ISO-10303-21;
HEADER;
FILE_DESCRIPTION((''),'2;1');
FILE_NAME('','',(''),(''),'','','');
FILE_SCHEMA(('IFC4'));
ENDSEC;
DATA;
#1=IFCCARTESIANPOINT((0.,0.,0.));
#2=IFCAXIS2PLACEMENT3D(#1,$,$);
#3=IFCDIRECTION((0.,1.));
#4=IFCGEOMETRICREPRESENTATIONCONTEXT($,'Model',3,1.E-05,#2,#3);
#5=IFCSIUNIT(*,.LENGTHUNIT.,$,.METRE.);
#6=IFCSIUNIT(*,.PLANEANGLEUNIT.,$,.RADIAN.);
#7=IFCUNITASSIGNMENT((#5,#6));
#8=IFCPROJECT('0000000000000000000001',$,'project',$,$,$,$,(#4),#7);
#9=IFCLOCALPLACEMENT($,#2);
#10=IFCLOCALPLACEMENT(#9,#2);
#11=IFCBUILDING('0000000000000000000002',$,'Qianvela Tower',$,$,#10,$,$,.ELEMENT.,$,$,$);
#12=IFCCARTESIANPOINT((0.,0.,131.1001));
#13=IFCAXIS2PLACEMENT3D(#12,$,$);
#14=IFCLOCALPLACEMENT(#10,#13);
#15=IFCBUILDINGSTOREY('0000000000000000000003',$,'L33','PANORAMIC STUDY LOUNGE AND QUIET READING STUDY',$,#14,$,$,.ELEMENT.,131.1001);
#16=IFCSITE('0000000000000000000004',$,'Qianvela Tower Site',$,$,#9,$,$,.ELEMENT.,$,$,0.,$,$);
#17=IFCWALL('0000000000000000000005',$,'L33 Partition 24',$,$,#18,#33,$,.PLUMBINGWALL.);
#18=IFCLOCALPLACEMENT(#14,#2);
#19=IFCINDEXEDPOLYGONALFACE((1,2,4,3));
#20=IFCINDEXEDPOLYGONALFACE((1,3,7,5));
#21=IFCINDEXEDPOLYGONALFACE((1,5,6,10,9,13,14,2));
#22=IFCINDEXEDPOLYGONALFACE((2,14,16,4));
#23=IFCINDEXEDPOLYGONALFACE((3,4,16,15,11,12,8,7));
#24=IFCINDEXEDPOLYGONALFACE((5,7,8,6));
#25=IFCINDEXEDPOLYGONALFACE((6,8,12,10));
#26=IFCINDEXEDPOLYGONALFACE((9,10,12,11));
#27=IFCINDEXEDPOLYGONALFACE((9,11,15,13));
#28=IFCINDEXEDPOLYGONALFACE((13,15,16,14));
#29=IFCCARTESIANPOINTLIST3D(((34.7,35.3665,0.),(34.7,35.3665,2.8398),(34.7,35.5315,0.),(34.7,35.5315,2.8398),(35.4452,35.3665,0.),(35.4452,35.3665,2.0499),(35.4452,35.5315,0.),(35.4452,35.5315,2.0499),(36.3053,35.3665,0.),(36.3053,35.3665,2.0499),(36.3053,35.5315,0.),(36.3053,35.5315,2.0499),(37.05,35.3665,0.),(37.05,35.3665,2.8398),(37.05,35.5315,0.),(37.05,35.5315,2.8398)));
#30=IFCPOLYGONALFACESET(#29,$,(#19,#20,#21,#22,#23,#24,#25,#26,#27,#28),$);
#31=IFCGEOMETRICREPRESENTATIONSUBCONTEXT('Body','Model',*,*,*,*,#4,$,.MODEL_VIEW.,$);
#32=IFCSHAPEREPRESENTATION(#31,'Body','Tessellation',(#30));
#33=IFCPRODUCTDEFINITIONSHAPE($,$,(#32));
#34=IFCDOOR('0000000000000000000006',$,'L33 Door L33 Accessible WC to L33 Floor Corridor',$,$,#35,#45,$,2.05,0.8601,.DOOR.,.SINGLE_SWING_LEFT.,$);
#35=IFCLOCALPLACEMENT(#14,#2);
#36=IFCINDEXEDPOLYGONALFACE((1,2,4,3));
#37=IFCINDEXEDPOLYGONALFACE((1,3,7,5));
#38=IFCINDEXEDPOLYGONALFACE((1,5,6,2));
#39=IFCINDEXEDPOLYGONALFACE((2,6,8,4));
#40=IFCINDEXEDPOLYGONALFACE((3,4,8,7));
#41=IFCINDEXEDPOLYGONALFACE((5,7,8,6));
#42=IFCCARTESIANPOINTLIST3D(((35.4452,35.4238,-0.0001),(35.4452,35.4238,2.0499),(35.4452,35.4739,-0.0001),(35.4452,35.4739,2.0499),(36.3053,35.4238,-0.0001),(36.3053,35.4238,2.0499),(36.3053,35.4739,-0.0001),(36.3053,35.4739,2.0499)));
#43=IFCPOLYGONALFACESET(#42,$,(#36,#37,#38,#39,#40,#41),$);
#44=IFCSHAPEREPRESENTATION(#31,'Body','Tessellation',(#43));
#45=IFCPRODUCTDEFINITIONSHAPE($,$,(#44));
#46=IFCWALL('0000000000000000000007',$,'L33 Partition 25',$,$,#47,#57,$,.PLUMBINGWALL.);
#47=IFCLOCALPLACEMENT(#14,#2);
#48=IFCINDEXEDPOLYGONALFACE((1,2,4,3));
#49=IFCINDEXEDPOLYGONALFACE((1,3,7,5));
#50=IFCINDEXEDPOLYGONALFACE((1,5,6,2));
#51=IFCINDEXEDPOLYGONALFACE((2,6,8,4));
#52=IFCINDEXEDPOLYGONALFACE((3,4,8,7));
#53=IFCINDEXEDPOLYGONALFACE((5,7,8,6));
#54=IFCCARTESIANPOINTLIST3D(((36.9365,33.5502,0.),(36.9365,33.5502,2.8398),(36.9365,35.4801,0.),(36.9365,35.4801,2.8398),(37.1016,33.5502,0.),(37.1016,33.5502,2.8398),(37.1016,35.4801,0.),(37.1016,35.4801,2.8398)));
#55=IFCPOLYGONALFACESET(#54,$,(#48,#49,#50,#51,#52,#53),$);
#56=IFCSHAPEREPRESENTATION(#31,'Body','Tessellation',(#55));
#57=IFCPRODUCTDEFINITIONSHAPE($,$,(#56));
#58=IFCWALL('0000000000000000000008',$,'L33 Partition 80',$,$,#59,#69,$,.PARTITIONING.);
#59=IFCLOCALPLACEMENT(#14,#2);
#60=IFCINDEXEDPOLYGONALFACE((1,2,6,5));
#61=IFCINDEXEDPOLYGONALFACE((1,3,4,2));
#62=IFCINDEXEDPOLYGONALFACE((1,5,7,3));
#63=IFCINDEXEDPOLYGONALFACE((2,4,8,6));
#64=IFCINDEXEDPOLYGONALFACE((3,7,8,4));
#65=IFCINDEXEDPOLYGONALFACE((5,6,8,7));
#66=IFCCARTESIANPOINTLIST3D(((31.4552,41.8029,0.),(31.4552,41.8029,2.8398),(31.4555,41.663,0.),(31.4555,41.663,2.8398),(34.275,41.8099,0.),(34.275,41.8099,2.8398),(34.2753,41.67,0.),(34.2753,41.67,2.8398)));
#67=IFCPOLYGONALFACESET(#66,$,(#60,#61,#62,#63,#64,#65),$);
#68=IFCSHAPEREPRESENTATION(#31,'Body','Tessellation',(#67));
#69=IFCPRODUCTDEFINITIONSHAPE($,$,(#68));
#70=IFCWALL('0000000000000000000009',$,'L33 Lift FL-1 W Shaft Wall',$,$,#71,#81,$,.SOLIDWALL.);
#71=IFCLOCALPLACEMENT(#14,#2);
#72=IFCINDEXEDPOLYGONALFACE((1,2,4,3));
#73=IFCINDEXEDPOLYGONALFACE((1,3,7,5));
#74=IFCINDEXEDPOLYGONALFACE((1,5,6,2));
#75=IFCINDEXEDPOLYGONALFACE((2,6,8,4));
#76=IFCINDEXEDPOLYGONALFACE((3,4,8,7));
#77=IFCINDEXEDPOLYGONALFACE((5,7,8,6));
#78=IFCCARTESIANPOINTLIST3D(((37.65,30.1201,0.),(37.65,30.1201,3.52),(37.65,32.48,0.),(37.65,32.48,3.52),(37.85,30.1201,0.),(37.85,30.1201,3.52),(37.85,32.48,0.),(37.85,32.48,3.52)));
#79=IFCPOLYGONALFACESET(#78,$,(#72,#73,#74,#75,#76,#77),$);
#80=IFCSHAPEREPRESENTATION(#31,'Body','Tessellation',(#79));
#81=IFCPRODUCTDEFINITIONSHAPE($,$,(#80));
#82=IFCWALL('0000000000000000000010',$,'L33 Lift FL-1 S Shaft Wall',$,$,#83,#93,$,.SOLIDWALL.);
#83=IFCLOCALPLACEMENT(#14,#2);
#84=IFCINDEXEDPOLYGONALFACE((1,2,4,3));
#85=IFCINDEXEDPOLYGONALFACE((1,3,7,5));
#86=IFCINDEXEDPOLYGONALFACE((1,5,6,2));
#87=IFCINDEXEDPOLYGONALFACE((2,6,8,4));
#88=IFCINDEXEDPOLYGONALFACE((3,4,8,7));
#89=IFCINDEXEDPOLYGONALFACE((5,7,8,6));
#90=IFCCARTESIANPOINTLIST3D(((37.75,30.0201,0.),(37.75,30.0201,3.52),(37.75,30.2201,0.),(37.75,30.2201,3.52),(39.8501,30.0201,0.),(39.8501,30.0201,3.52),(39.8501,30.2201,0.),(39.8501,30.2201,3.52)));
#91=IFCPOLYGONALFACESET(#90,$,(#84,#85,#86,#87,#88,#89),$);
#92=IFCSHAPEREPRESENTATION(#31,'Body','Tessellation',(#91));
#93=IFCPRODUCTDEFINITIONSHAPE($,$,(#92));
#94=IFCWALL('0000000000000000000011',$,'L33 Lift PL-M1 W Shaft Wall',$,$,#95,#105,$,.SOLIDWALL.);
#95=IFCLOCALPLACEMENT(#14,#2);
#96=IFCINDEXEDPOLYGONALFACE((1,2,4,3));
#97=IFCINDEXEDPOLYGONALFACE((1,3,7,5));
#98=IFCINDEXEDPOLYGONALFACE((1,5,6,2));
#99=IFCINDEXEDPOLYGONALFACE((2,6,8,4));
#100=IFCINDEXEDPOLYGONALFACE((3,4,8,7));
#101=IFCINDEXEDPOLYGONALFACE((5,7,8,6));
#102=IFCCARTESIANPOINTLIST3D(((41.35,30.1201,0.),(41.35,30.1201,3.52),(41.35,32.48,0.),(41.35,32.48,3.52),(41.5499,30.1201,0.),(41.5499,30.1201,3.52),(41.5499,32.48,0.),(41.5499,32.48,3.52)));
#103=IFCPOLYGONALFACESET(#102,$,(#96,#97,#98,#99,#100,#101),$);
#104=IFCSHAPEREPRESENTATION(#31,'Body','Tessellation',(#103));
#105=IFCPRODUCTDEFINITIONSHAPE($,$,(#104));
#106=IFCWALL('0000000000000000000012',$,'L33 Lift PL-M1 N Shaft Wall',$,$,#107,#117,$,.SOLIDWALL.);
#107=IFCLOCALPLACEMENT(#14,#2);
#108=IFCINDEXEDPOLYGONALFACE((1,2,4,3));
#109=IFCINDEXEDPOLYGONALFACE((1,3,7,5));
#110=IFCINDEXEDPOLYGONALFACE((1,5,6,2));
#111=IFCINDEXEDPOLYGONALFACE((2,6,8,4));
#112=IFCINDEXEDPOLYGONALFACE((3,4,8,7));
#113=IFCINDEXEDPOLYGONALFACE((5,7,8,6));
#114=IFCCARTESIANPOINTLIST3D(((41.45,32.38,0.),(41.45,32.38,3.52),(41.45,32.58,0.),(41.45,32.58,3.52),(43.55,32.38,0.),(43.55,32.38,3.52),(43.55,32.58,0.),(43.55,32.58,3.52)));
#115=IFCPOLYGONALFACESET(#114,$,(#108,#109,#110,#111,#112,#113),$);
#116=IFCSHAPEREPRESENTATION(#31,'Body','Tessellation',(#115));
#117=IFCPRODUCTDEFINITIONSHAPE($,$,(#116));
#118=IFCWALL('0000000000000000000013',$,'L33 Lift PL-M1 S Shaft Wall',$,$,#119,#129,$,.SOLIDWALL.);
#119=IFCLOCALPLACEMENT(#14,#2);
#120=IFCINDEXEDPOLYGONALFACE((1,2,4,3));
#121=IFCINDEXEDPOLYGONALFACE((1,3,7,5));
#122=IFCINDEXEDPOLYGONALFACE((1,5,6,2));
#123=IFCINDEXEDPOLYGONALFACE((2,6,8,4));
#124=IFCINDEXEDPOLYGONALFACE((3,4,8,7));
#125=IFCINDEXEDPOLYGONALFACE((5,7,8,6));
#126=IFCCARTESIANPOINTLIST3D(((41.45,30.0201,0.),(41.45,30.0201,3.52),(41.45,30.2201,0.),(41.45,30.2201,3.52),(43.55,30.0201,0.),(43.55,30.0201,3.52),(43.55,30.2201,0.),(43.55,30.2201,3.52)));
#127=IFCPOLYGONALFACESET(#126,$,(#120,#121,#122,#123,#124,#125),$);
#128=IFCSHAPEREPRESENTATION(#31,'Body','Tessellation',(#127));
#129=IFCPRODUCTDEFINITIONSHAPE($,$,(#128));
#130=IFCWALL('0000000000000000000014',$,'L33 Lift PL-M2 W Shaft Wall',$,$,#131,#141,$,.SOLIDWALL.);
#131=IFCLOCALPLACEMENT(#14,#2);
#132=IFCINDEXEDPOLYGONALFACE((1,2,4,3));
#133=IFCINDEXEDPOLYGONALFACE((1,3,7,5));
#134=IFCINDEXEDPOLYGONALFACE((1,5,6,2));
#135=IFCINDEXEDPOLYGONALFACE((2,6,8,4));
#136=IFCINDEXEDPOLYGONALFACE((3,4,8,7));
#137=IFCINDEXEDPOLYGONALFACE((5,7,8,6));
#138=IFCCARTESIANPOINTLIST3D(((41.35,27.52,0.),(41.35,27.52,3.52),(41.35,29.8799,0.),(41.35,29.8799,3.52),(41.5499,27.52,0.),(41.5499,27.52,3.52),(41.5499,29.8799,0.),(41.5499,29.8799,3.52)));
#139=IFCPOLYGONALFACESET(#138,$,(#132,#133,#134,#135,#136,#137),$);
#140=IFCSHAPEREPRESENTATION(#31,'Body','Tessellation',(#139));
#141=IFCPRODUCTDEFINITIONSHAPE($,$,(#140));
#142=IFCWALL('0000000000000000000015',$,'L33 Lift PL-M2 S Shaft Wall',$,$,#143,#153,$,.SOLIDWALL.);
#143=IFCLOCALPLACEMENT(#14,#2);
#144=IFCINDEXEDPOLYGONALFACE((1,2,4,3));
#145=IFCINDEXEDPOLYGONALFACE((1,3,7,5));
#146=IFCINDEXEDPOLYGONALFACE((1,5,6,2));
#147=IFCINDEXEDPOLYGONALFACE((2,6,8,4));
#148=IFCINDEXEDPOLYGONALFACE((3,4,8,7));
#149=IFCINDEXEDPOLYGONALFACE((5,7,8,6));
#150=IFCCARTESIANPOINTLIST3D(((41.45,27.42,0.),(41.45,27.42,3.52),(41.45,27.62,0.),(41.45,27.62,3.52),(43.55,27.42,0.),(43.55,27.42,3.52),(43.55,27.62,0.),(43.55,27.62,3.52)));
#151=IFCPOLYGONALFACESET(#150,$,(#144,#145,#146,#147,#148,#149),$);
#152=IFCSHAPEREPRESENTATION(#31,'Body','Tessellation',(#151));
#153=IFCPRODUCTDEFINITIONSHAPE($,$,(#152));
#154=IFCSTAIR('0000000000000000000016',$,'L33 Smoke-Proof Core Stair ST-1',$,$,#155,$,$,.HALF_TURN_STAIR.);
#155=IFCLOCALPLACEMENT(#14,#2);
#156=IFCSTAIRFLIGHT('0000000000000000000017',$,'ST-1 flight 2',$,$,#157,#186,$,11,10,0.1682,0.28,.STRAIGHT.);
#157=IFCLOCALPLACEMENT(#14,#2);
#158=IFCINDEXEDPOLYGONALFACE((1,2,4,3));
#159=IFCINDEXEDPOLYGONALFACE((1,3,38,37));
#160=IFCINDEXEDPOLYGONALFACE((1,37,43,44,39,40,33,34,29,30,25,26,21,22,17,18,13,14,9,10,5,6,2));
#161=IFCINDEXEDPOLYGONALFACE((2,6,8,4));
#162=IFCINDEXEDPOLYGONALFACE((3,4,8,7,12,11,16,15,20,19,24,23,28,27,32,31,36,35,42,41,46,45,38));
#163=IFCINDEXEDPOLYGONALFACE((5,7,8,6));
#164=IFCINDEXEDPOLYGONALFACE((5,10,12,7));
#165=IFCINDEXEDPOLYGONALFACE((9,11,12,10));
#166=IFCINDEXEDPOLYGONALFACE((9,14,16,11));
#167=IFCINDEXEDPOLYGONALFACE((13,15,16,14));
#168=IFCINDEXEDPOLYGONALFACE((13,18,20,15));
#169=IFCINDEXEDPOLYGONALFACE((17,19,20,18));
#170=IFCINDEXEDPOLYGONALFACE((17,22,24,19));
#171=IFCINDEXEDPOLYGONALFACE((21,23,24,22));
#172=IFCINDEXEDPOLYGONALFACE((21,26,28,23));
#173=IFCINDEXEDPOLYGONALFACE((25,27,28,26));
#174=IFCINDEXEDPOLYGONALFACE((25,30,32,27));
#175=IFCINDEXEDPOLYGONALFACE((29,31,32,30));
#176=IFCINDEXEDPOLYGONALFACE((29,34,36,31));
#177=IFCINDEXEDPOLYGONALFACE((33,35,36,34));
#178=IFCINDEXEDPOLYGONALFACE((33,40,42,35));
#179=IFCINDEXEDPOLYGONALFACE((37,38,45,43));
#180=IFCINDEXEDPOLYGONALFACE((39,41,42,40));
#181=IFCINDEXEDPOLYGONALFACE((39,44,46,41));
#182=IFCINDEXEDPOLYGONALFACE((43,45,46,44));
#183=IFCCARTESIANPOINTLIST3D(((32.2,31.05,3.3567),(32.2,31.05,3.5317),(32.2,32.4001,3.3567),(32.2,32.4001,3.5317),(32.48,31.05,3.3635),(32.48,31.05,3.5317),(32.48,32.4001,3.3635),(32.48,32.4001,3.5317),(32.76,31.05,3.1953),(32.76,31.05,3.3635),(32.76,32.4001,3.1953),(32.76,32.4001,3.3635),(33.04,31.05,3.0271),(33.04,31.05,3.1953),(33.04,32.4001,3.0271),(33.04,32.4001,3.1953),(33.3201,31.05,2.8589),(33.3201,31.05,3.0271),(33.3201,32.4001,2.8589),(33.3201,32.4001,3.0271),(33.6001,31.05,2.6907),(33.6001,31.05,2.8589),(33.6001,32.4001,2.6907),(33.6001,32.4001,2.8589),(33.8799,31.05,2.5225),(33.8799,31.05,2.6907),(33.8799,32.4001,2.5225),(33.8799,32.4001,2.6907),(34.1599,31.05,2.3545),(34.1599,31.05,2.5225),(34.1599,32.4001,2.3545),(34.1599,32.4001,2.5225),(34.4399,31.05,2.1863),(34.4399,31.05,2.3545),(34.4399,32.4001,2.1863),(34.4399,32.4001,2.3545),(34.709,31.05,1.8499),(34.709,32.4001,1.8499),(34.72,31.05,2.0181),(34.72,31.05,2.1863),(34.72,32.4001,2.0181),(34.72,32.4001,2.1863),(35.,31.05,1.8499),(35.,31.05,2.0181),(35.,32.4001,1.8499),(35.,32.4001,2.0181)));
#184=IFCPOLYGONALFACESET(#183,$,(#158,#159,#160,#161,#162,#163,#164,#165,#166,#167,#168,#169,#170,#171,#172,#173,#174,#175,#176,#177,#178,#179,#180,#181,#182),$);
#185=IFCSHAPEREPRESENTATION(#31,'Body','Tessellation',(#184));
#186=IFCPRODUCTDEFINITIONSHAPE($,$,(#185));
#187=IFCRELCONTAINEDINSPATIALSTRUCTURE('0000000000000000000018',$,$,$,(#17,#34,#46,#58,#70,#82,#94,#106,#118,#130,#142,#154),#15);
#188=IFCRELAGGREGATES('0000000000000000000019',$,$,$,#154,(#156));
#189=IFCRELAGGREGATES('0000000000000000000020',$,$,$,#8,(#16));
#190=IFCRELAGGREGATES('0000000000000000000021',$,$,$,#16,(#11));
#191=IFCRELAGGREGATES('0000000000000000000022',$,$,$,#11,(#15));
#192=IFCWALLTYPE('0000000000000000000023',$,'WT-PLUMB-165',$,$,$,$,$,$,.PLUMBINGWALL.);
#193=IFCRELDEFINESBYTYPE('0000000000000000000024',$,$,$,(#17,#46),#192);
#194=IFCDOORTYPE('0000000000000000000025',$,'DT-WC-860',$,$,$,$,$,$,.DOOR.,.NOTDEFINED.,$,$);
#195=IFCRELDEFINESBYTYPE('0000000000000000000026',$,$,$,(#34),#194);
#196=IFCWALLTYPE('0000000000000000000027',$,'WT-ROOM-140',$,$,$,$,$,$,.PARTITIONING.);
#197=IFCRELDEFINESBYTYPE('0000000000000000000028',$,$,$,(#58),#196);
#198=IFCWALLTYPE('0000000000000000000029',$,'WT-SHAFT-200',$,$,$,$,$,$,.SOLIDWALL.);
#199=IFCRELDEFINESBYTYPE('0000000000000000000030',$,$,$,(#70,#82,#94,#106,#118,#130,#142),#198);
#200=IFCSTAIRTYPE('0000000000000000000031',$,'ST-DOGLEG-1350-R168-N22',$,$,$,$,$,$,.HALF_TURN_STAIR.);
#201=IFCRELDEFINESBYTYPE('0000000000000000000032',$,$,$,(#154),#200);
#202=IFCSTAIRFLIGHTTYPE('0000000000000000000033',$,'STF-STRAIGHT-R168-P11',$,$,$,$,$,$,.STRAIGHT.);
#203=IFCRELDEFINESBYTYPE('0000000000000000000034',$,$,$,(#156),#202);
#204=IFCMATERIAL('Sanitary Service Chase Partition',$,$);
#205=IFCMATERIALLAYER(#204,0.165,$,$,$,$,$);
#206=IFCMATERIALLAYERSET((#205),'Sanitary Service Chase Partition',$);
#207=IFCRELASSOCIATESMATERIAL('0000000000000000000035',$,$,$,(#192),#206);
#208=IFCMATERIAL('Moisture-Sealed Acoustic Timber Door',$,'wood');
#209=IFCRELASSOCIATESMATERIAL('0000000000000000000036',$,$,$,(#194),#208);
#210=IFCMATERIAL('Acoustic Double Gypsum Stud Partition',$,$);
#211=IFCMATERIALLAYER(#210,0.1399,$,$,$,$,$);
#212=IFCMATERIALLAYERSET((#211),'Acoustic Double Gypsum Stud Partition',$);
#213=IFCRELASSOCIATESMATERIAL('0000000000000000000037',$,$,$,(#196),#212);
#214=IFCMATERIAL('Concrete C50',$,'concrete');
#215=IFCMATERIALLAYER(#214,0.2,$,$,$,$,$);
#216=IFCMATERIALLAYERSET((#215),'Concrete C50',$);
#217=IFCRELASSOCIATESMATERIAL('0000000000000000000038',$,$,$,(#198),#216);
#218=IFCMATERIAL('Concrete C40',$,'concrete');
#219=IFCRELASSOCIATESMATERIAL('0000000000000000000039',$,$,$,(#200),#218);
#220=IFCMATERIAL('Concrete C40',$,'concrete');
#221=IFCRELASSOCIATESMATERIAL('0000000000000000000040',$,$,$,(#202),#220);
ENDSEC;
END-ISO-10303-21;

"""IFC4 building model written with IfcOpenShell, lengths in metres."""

from ifc_helpers import new_model, si_unit, direction, frame, frame_2d, origin, place, context, subcontext, project, spatial, polyline, rectangle, outline, extrude, material, layer, layer_set, type_object, element, fill, aggregate, save


model = new_model("IFC4")

# Units and contexts
model_context = context("Model", 3, precision=1e-05, world=origin(), true_north=direction((0.0, 1.0)))
body_context = subcontext(model_context, "Body", "Model", "MODEL_VIEW")
ifc_project = project(units=[si_unit("LENGTHUNIT", "METRE"), si_unit("PLANEANGLEUNIT", "RADIAN")], contexts=[model_context])

# Site, building, storey
site_placement = place(None, origin())
site = spatial("IfcSite", under=ifc_project, at=site_placement, Name="Qianvela Tower Site", CompositionType="ELEMENT", RefElevation=0.0)
building_placement = place(site_placement, origin())
building = spatial("IfcBuilding", under=site, at=building_placement, Name="Qianvela Tower", CompositionType="ELEMENT")
storey_placement = place(building_placement, frame((0.0, 0.0, 131.1001)))
storey = spatial("IfcBuildingStorey", under=building, at=storey_placement, Name="L33", Description="PANORAMIC STUDY LOUNGE AND QUIET READING STUDY", CompositionType="ELEMENT", Elevation=131.1001)

# Shared definitions
ifc_material_1 = material(Name="Sanitary Service Chase Partition")
ifc_layer_1 = layer(ifc_material_1, 0.165)
ifc_layer_set_1 = layer_set([ifc_layer_1], Name="Sanitary Service Chase Partition")
wall_type_1 = type_object("IfcWallType", Name="WT-PLUMB-165", PredefinedType="PLUMBINGWALL", material=ifc_layer_set_1)

# Wall, opening, door
wall_1_placement = place(storey_placement, frame((34.7, 35.449, 0.0), z_axis=(0.0, 0.0, 1.0), x_axis=(1.0, 0.0, 0.0)))
wall_1 = element("IfcWall", 1, at=wall_1_placement, inside=storey, type_object=wall_type_1, Name="L33 Partition 24", PredefinedType="PLUMBINGWALL", context=body_context, shape_type="SweptSolid", body=[
    extrude(rectangle(XDim=2.3501, YDim=0.165, at=frame_2d((1.175, 0.0))), origin(), (0.0, 0.0, 1.0), 2.8398),
])
opening_1_placement = place(wall_1_placement, frame((0.7451, 0.0, 0.0)))
opening_1 = element("IfcOpeningElement", 2, at=opening_1_placement, cuts=wall_1, PredefinedType="OPENING", context=body_context, shape_type="SweptSolid", body=[
    extrude(rectangle(XDim=0.8601, YDim=2.05, at=frame_2d((0.4302, 1.0249))), frame((0.0, 0.0925, 0.0), z_axis=(0.0, -1.0, 0.0), x_axis=(1.0, 0.0, 0.0)), (0.0, 0.0, 1.0), 0.1851),
])
ifc_material_2 = material(Name="Moisture-Sealed Acoustic Timber Door", Category="wood")
door_type_1 = type_object("IfcDoorType", Name="DT-WC-860", OperationType="NOTDEFINED", PredefinedType="DOOR", material=ifc_material_2)
door_1_placement = place(opening_1_placement, origin())
door_1 = element("IfcDoor", 3, at=door_1_placement, inside=storey, type_object=door_type_1, Name="L33 Door L33 Accessible WC to L33 Floor Corridor", OperationType="SINGLE_SWING_LEFT", OverallHeight=2.05, OverallWidth=0.8601, PredefinedType="DOOR", context=body_context, shape_type="SweptSolid", body=[
    extrude(rectangle(XDim=0.8601, YDim=2.05, at=frame_2d((0.4302, 1.0249))), frame((0.0, 0.0249, 0.0), z_axis=(0.0, -1.0, 0.0), x_axis=(1.0, 0.0, 0.0)), (0.0, 0.0, 1.0), 0.05),
])
fill(opening_1, door_1)

# Walls
wall_2_placement = place(storey_placement, frame((37.019, 35.48, 0.0), z_axis=(0.0, 0.0, 1.0), x_axis=(0.0, -1.0, 0.0)))
element("IfcWall", 4, at=wall_2_placement, inside=storey, type_object=wall_type_1, Name="L33 Partition 25", PredefinedType="PLUMBINGWALL", context=body_context, shape_type="SweptSolid", body=[
    extrude(rectangle(XDim=1.9299, YDim=0.165, at=frame_2d((0.9648, 0.0))), origin(), (0.0, 0.0, 1.0), 2.8398),
])
ifc_material_3 = material(Name="Acoustic Double Gypsum Stud Partition")
ifc_layer_2 = layer(ifc_material_3, 0.1399)
ifc_layer_set_2 = layer_set([ifc_layer_2], Name="Acoustic Double Gypsum Stud Partition")
wall_type_2 = type_object("IfcWallType", Name="WT-ROOM-140", PredefinedType="PARTITIONING", material=ifc_layer_set_2)
wall_3_placement = place(storey_placement, frame((34.2751, 41.74, 0.0), z_axis=(0.0, 0.0, 1.0), x_axis=(-0.999997, -0.002511, 0.0)))
element("IfcWall", 5, at=wall_3_placement, inside=storey, type_object=wall_type_2, Name="L33 Partition 80", PredefinedType="PARTITIONING", context=body_context, shape_type="SweptSolid", body=[
    extrude(rectangle(XDim=2.8198, YDim=0.1399, at=frame_2d((1.4099, 0.0))), origin(), (0.0, 0.0, 1.0), 2.8398),
])

# Shared definitions
ifc_material_4 = material(Name="Concrete C50", Category="concrete")
ifc_layer_3 = layer(ifc_material_4, 0.2)
ifc_layer_set_3 = layer_set([ifc_layer_3], Name="Concrete C50")
wall_type_3 = type_object("IfcWallType", Name="WT-SHAFT-200", PredefinedType="SOLIDWALL", material=ifc_layer_set_3)

# Walls
wall_4_placement = place(storey_placement, frame((37.75, 30.1201, 0.0), z_axis=(0.0, 0.0, 1.0), x_axis=(0.0, 1.0, 0.0)))
element("IfcWall", 6, at=wall_4_placement, inside=storey, type_object=wall_type_3, Name="L33 Lift FL-1 W Shaft Wall", PredefinedType="SOLIDWALL", context=body_context, shape_type="SweptSolid", body=[
    extrude(rectangle(XDim=2.3599, YDim=0.2, at=frame_2d((1.1799, 0.0))), origin(), (0.0, 0.0, 1.0), 3.52),
])
wall_5_placement = place(storey_placement, frame((37.75, 30.1201, 0.0), z_axis=(0.0, 0.0, 1.0), x_axis=(1.0, 0.0, 0.0)))
element("IfcWall", 7, at=wall_5_placement, inside=storey, type_object=wall_type_3, Name="L33 Lift FL-1 S Shaft Wall", PredefinedType="SOLIDWALL", context=body_context, shape_type="SweptSolid", body=[
    extrude(rectangle(XDim=2.1001, YDim=0.2, at=frame_2d((1.05, 0.0))), origin(), (0.0, 0.0, 1.0), 3.52),
])
wall_6_placement = place(storey_placement, frame((41.45, 30.1201, 0.0), z_axis=(0.0, 0.0, 1.0), x_axis=(0.0, 1.0, 0.0)))
element("IfcWall", 8, at=wall_6_placement, inside=storey, type_object=wall_type_3, Name="L33 Lift PL-M1 W Shaft Wall", PredefinedType="SOLIDWALL", context=body_context, shape_type="SweptSolid", body=[
    extrude(rectangle(XDim=2.3599, YDim=0.2, at=frame_2d((1.1799, 0.0))), origin(), (0.0, 0.0, 1.0), 3.52),
])
for number, where, z_axis, x_axis, name in (
    (9, (41.45, 32.48, 0.0), (0.0, 0.0, 1.0), (1.0, 0.0, 0.0), "L33 Lift PL-M1 N Shaft Wall"),
    (10, (41.45, 30.1201, 0.0), (0.0, 0.0, 1.0), (1.0, 0.0, 0.0), "L33 Lift PL-M1 S Shaft Wall"),
):
    element("IfcWall", number, at=place(storey_placement, frame(where, z_axis=z_axis, x_axis=x_axis)), inside=storey, type_object=wall_type_3, Name=name, PredefinedType="SOLIDWALL", context=body_context, shape_type="SweptSolid", body=[
        extrude(rectangle(XDim=2.1001, YDim=0.2, at=frame_2d((1.05, 0.0))), origin(), (0.0, 0.0, 1.0), 3.52),
    ])
wall_7_placement = place(storey_placement, frame((41.45, 27.52, 0.0), z_axis=(0.0, 0.0, 1.0), x_axis=(0.0, 1.0, 0.0)))
element("IfcWall", 11, at=wall_7_placement, inside=storey, type_object=wall_type_3, Name="L33 Lift PL-M2 W Shaft Wall", PredefinedType="SOLIDWALL", context=body_context, shape_type="SweptSolid", body=[
    extrude(rectangle(XDim=2.3599, YDim=0.2, at=frame_2d((1.1799, 0.0))), origin(), (0.0, 0.0, 1.0), 3.52),
])
wall_8_placement = place(storey_placement, frame((41.45, 27.52, 0.0), z_axis=(0.0, 0.0, 1.0), x_axis=(1.0, 0.0, 0.0)))
element("IfcWall", 12, at=wall_8_placement, inside=storey, type_object=wall_type_3, Name="L33 Lift PL-M2 S Shaft Wall", PredefinedType="SOLIDWALL", context=body_context, shape_type="SweptSolid", body=[
    extrude(rectangle(XDim=2.1001, YDim=0.2, at=frame_2d((1.05, 0.0))), origin(), (0.0, 0.0, 1.0), 3.52),
])

# Stair, stair flight
ifc_material_5 = material(Name="Concrete C40", Category="concrete")
stair_type = type_object("IfcStairType", Name="ST-DOGLEG-1350-R168-N22", PredefinedType="HALF_TURN_STAIR", material=ifc_material_5)
stair_placement = place(storey_placement, origin())
stair = element("IfcStair", 13, at=stair_placement, inside=storey, type_object=stair_type, Name="L33 Smoke-Proof Core Stair ST-1", PredefinedType="HALF_TURN_STAIR")
ifc_material_6 = material(Name="Concrete C40", Category="concrete")
stair_flight_type = type_object("IfcStairFlightType", Name="STF-STRAIGHT-R168-P11", PredefinedType="STRAIGHT", material=ifc_material_6)
stair_flight_placement = place(storey_placement, frame((35.0, 31.7251, 1.8499), z_axis=(0.0, 0.0, 1.0), x_axis=(-1.0, 0.0, 0.0)))
stair_flight = element("IfcStairFlight", 14, at=stair_flight_placement, type_object=stair_flight_type, Name="ST-1 flight 2", NumberOfRisers=11, NumberOfTreads=10, PredefinedType="STRAIGHT", RiserHeight=0.1682, TreadLength=0.28, context=body_context, shape_type="SweptSolid", body=[
    extrude(outline(polyline([(0.0, 0.0), (0.0, 0.1682), (0.28, 0.1682), (0.28, 0.3364), (0.5601, 0.3364), (0.5601, 0.5046), (0.8401, 0.5046), (0.8401, 0.6726), (1.1201, 0.6726), (1.1201, 0.8408), (1.3999, 0.8408), (1.3999, 1.009), (1.6799, 1.009), (1.6799, 1.1772), (1.96, 1.1772), (1.96, 1.3455), (2.24, 1.3455), (2.24, 1.5137), (2.52, 1.5137), (2.52, 1.6819), (2.8, 1.6819), (2.8, 1.8501), (2.8, 1.5068), (0.291, 0.0), (0.0, 0.0)])), frame((0.0, 0.675, 0.0), z_axis=(0.0, -1.0, 0.0), x_axis=(1.0, 0.0, 0.0)), (0.0, 0.0, 1.0), 1.3501),
])
aggregate(stair, [stair_flight])

save(model, "model.ifc")
